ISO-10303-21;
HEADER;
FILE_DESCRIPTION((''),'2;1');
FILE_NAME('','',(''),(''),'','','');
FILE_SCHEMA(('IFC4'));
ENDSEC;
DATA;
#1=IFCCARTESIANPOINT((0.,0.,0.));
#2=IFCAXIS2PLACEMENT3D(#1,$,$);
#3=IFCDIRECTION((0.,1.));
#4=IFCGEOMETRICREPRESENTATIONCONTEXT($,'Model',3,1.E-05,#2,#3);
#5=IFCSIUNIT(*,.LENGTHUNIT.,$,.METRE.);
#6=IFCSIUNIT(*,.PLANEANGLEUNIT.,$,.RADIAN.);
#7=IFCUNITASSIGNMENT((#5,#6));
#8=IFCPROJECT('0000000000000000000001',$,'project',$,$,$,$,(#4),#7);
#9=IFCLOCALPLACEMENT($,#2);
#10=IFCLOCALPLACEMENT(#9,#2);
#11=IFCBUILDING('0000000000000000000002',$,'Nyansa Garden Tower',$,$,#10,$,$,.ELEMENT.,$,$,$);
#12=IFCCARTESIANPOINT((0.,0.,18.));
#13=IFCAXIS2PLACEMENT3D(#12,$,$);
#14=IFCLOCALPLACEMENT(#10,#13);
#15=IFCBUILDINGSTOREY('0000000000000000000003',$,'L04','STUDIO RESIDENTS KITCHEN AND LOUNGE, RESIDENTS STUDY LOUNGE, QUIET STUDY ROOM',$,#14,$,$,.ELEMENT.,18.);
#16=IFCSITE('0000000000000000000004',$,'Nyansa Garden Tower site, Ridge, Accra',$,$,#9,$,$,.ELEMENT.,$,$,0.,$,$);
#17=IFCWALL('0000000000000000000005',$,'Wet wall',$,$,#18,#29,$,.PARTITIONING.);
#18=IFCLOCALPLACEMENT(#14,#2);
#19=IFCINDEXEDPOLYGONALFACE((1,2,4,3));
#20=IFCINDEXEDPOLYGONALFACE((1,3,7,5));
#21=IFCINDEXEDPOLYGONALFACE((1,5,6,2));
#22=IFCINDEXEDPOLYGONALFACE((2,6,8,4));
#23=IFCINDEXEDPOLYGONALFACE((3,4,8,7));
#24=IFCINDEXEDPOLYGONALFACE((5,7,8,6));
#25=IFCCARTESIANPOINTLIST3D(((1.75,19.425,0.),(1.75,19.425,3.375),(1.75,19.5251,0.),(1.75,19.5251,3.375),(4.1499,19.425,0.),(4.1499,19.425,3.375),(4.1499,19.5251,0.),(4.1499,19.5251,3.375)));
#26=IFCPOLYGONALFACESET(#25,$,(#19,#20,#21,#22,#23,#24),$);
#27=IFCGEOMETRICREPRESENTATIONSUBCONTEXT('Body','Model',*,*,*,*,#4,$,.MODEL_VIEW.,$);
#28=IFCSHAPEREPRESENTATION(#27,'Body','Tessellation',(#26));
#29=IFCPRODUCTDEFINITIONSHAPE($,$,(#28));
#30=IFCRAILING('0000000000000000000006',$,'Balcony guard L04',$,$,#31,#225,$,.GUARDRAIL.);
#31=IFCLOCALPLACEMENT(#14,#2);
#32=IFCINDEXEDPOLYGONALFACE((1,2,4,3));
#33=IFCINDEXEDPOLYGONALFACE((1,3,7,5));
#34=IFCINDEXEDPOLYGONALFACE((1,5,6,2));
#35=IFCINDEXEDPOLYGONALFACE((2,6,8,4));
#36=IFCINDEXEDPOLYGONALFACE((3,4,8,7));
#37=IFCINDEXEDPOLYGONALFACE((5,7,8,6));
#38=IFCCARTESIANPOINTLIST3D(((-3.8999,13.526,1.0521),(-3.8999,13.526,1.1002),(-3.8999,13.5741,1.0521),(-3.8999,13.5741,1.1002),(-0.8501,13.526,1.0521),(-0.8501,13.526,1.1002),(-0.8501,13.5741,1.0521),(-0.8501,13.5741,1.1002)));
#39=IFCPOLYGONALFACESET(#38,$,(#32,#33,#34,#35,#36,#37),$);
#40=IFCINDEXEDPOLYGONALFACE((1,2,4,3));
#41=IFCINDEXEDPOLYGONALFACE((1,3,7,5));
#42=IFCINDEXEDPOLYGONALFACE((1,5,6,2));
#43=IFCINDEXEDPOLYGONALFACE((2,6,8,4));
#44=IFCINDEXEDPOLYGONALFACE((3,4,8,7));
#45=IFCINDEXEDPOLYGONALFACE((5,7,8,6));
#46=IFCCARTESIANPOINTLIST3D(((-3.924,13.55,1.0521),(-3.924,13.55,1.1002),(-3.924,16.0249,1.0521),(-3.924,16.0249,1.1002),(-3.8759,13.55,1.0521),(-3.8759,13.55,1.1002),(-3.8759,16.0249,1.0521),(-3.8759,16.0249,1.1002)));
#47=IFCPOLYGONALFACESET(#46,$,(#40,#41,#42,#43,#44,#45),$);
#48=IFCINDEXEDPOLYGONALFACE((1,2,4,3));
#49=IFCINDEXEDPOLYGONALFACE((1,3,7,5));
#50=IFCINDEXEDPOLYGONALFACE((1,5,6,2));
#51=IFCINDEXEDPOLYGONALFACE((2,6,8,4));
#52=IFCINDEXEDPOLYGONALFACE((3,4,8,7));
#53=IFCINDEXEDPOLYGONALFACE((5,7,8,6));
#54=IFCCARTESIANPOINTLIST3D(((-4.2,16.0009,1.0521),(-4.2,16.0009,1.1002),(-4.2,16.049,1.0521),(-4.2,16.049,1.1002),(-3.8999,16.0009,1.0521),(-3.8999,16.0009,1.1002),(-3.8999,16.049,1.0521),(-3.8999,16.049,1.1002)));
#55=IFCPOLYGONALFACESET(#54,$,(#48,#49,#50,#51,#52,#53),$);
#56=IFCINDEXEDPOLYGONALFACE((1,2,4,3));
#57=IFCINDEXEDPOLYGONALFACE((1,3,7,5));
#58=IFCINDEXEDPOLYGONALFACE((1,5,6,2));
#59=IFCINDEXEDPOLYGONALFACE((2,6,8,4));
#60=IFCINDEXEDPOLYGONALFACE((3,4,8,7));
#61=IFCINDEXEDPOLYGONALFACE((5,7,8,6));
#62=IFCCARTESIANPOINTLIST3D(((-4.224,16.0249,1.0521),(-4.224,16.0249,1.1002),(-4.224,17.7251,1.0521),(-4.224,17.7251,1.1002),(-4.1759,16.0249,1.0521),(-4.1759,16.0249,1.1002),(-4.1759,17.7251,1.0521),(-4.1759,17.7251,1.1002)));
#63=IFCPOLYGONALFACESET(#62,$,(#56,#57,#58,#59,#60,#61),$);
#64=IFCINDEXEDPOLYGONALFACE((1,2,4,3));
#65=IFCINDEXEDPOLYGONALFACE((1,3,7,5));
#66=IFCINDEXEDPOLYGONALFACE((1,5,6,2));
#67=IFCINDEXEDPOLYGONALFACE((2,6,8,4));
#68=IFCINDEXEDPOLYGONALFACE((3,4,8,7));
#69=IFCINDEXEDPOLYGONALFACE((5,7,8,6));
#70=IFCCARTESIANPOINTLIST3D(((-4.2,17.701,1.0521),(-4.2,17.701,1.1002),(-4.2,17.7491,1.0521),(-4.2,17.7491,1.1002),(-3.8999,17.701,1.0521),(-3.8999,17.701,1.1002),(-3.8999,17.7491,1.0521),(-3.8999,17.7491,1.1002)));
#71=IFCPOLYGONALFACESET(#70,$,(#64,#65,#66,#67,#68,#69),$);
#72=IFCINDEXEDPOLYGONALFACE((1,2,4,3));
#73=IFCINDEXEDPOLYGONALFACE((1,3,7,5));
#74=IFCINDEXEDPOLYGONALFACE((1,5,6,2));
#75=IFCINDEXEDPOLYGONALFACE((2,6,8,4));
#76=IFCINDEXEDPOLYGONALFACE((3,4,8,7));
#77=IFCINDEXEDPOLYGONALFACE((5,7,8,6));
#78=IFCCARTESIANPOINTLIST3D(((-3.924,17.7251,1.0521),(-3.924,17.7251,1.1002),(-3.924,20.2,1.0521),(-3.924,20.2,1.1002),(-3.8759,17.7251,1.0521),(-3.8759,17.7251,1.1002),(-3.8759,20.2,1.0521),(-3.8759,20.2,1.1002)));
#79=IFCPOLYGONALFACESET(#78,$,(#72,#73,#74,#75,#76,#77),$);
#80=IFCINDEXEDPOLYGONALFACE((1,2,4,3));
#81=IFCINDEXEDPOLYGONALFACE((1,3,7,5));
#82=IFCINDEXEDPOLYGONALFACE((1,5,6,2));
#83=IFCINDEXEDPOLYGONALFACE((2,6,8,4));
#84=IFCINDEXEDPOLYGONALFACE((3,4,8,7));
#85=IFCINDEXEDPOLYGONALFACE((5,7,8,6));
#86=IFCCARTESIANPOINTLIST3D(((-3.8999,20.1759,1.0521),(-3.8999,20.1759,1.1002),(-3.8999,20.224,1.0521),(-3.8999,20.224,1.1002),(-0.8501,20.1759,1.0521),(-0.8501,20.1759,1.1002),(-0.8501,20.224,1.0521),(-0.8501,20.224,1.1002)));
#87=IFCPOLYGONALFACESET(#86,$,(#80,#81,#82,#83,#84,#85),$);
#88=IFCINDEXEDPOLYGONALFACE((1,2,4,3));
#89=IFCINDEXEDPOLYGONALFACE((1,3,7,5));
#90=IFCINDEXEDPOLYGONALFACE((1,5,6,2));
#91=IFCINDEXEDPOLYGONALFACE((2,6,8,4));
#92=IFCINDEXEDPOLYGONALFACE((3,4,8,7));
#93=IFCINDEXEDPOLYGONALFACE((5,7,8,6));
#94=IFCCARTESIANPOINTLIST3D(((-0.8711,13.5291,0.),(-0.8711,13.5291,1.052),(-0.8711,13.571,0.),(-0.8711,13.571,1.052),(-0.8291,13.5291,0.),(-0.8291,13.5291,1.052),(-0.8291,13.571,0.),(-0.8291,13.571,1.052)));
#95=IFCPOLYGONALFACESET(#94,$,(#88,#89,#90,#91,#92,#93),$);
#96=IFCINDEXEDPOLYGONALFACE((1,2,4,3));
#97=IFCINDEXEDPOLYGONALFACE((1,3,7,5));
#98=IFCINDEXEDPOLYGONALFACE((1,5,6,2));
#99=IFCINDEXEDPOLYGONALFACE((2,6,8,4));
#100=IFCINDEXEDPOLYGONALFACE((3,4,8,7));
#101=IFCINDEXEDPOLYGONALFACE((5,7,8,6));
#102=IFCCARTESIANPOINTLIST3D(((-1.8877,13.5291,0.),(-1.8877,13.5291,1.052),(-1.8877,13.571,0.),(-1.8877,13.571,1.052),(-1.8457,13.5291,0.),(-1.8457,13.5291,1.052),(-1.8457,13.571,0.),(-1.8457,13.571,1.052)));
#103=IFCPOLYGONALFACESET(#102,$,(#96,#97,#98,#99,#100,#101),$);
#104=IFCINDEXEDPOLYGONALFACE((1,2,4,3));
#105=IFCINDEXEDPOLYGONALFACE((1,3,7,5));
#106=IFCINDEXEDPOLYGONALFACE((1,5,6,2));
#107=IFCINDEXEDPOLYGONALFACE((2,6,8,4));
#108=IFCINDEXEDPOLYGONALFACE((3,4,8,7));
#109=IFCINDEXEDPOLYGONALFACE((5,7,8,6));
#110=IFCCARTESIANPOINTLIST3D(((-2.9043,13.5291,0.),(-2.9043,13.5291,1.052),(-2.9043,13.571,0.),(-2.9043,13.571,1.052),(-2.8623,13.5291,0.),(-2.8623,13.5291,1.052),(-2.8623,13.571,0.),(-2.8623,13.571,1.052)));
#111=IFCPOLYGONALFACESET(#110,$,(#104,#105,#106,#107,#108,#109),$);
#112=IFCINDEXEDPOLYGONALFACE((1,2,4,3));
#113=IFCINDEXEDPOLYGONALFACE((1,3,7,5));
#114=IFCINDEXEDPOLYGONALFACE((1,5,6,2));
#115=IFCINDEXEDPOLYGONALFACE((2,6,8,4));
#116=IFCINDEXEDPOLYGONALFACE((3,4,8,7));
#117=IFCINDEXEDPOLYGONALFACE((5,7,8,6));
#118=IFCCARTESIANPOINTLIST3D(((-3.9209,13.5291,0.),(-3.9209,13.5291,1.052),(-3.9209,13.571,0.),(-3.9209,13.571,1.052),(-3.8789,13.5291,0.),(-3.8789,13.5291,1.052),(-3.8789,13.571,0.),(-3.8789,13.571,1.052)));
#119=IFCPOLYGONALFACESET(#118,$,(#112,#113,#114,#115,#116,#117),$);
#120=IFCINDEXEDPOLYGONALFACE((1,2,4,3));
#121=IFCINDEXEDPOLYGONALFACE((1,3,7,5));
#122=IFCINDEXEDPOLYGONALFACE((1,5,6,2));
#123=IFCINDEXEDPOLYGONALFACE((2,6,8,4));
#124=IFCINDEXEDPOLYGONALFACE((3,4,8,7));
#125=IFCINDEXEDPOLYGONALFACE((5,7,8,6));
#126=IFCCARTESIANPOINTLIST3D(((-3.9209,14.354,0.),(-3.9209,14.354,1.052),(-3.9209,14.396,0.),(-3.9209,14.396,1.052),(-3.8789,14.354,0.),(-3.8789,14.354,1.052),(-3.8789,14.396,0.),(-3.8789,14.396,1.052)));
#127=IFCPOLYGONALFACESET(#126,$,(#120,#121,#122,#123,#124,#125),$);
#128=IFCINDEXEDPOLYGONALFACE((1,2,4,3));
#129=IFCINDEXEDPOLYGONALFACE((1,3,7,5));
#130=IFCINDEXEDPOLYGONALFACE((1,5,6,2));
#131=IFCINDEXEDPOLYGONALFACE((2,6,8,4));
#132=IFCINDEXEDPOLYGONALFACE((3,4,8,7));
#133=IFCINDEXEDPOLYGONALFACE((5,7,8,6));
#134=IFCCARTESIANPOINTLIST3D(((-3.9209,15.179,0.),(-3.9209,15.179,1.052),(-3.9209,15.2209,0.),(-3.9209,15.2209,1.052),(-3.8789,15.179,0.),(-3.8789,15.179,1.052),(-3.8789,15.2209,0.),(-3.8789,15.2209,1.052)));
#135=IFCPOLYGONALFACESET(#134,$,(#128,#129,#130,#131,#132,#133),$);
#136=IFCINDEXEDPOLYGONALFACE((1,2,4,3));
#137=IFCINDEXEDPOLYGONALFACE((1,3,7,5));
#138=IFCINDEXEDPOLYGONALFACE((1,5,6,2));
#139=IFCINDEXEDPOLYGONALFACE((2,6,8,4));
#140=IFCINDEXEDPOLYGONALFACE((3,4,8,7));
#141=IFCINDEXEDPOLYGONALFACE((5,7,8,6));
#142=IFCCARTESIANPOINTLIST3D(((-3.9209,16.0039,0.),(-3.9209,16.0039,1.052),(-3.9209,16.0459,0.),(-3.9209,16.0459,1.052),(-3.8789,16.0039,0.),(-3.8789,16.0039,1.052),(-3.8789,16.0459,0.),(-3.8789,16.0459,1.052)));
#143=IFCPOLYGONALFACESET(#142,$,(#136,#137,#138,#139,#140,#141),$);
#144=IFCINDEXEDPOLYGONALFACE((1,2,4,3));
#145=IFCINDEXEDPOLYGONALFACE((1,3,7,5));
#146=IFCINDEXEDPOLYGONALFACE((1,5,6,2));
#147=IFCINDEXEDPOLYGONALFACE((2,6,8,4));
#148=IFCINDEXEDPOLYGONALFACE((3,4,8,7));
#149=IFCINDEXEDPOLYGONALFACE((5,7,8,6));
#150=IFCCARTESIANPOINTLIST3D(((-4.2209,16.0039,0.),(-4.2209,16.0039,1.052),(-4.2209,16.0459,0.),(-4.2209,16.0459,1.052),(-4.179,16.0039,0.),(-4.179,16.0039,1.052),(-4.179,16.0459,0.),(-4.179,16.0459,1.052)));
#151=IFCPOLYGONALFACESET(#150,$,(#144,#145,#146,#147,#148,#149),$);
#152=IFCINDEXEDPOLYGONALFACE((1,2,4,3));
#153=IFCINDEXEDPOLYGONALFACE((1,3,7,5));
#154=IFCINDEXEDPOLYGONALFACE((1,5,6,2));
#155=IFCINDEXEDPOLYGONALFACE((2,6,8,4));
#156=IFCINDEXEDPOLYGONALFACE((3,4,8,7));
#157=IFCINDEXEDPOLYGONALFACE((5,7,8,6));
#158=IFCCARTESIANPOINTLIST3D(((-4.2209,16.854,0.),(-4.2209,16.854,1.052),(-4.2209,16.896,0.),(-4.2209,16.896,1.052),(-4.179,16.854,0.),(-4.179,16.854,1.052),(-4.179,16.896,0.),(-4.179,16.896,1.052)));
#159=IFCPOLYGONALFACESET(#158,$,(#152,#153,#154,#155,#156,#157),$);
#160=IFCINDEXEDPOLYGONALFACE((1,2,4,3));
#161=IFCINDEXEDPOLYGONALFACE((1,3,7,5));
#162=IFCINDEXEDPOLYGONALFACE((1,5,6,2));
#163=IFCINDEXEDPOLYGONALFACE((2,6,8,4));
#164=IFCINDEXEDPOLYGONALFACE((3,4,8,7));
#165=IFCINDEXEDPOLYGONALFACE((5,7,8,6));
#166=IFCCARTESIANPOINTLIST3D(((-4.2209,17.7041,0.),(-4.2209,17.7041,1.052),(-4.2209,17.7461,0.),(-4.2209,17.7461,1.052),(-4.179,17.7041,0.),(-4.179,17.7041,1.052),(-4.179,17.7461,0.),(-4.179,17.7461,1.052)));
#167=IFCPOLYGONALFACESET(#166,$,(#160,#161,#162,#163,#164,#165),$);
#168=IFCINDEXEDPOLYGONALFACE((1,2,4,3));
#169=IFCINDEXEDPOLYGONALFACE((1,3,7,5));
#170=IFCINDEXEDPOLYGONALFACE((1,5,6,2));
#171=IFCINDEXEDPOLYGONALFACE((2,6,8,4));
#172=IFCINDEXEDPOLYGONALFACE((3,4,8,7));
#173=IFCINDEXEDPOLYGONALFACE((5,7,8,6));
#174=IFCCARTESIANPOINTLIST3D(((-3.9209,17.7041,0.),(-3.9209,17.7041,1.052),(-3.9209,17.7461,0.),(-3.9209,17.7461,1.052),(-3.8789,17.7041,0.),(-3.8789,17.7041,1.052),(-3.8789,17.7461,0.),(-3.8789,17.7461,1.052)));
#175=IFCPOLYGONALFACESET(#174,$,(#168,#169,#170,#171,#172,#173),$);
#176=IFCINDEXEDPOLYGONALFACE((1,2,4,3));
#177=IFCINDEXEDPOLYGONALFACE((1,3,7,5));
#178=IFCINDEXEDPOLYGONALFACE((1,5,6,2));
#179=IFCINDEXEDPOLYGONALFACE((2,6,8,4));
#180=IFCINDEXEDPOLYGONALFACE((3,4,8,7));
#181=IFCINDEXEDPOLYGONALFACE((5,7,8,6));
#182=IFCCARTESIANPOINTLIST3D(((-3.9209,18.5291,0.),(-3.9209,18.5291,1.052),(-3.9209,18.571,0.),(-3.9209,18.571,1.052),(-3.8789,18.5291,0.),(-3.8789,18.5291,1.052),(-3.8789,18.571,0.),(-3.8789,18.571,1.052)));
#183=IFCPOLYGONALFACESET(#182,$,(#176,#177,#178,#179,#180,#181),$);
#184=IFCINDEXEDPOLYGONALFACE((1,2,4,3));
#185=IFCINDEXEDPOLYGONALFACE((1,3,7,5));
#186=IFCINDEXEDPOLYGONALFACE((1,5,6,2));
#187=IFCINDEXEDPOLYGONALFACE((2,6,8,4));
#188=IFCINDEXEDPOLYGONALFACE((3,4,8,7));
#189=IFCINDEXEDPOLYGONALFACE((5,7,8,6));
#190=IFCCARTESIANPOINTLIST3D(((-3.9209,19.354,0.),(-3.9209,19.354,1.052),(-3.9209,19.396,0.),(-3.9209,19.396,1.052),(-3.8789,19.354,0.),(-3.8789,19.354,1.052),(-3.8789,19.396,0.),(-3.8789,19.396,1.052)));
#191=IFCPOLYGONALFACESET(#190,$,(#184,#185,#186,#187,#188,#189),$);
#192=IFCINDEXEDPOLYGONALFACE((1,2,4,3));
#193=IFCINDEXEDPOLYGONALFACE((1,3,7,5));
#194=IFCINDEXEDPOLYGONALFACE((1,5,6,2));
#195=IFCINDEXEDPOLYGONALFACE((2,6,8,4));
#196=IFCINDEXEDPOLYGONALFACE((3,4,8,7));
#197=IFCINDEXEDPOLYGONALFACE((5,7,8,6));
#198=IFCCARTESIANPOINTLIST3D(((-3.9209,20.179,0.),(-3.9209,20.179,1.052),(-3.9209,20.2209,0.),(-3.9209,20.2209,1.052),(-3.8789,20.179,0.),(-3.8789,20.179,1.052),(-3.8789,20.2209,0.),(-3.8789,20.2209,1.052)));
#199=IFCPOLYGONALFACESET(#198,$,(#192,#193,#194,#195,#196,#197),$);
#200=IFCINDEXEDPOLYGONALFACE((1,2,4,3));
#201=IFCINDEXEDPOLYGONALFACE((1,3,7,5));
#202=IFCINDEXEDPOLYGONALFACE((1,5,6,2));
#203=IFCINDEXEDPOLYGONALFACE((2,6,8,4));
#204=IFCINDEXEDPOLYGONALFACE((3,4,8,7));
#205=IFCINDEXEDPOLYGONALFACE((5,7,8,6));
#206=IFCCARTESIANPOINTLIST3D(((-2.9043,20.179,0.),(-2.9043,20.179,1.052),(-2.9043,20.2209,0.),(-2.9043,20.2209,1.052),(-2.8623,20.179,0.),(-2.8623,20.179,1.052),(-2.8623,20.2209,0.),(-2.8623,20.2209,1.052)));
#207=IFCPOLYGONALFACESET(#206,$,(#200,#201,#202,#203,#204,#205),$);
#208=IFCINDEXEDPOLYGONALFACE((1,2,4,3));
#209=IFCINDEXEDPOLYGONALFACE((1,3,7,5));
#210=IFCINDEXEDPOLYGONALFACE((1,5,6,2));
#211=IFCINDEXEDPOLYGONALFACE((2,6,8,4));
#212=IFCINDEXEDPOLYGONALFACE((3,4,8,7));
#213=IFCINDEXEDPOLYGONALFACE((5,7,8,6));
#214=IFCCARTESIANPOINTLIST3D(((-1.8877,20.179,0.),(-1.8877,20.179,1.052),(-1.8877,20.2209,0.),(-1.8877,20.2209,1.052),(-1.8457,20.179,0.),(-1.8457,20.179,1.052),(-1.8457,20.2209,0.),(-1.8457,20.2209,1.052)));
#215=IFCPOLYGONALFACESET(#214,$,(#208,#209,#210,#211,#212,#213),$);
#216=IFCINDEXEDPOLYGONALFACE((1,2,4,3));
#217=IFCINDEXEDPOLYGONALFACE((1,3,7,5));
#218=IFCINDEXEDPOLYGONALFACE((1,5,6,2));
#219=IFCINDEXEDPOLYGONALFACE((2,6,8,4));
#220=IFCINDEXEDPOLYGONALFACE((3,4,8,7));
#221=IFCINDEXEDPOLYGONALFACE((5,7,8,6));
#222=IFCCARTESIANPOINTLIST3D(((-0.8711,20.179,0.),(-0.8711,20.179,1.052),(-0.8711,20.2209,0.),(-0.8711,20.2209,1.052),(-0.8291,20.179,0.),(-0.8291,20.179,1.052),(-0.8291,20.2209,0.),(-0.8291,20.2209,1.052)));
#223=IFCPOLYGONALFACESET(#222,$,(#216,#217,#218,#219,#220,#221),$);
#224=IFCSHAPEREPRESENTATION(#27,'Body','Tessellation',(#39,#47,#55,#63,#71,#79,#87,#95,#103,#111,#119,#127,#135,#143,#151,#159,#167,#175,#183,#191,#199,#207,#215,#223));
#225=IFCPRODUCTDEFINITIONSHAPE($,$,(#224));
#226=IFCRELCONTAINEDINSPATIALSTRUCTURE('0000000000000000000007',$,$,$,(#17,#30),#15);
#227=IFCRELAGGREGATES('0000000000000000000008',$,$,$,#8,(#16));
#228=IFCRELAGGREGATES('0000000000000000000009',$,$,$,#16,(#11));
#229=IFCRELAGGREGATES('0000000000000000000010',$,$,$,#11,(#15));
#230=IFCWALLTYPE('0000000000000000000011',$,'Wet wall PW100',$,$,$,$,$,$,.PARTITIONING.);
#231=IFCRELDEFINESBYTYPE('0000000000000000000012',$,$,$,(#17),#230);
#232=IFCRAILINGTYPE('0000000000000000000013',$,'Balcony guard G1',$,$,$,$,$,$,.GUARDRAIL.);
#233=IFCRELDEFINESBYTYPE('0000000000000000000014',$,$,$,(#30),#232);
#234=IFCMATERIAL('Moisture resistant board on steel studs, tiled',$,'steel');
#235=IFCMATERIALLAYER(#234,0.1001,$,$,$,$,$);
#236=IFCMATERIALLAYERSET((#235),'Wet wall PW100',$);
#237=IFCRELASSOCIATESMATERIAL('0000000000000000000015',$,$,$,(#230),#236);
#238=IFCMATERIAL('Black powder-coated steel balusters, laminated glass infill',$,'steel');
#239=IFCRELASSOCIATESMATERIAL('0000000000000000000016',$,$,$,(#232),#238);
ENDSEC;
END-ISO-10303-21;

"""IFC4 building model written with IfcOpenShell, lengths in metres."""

from ifc_helpers import new_model, si_unit, direction, frame, frame_2d, origin, origin_2d, place, context, subcontext, project, spatial, rectangle, extrude, material, layer, layer_set, type_object, element, save


model = new_model("IFC4")

# Units and contexts
model_context = context("Model", 3, precision=1e-05, world=origin(), true_north=direction((0.0, 1.0)))
body_context = subcontext(model_context, "Body", "Model", "MODEL_VIEW")
ifc_project = project(units=[si_unit("LENGTHUNIT", "METRE"), si_unit("PLANEANGLEUNIT", "RADIAN")], contexts=[model_context])

# Site, building, storey
site_placement = place(None, origin())
site = spatial("IfcSite", under=ifc_project, at=site_placement, Name="Nyansa Garden Tower site, Ridge, Accra", CompositionType="ELEMENT", RefElevation=0.0)
building_placement = place(site_placement, origin())
building = spatial("IfcBuilding", under=site, at=building_placement, Name="Nyansa Garden Tower", CompositionType="ELEMENT")
storey_placement = place(building_placement, frame((0.0, 0.0, 18.0)))
storey = spatial("IfcBuildingStorey", under=building, at=storey_placement, Name="L04", Description="STUDIO RESIDENTS KITCHEN AND LOUNGE, RESIDENTS STUDY LOUNGE, QUIET STUDY ROOM", CompositionType="ELEMENT", Elevation=18.0)

# Wall
ifc_material_1 = material(Name="Moisture resistant board on steel studs, tiled", Category="steel")
ifc_layer_1 = layer(ifc_material_1, 0.1001)
ifc_layer_set_1 = layer_set([ifc_layer_1], Name="Wet wall PW100")
wall_type_1 = type_object("IfcWallType", Name="Wet wall PW100", PredefinedType="PARTITIONING", material=ifc_layer_set_1)
wall_1_placement = place(storey_placement, frame((1.75, 19.4751, 0.0), z_axis=(0.0, 0.0, 1.0), x_axis=(1.0, 0.0, 0.0)))
element("IfcWall", 1, at=wall_1_placement, inside=storey, type_object=wall_type_1, Name="Wet wall", PredefinedType="PARTITIONING", context=body_context, shape_type="SweptSolid", body=[
    extrude(rectangle(XDim=2.3999, YDim=0.1001, at=frame_2d((1.2, 0.0))), origin(), (0.0, 0.0, 1.0), 3.375),
])

# Railing
ifc_material_2 = material(Name="Black powder-coated steel balusters, laminated glass infill", Category="steel")
railing_type = type_object("IfcRailingType", Name="Balcony guard G1", PredefinedType="GUARDRAIL", material=ifc_material_2)
railing_placement = place(storey_placement, frame((-0.8501, 13.55, 0.0)))
element("IfcRailing", 2, at=railing_placement, inside=storey, type_object=railing_type, Name="Balcony guard L04", PredefinedType="GUARDRAIL", context=body_context, shape_type="SweptSolid", body=[
    extrude(rectangle(XDim=0.0481, YDim=0.0481, at=origin_2d()), frame((0.0, 0.0, 1.0762), z_axis=(-1.0, 0.0, 0.0), x_axis=(0.0, -1.0, 0.0)), (0.0, 0.0, 1.0), 3.0498),
    extrude(rectangle(XDim=0.0481, YDim=0.0481, at=origin_2d()), frame((-3.0498, 0.0, 1.0762), z_axis=(0.0, 1.0, 0.0), x_axis=(-1.0, 0.0, 0.0)), (0.0, 0.0, 1.0), 2.4749),
    extrude(rectangle(XDim=0.0481, YDim=0.0481, at=origin_2d()), frame((-3.0498, 2.4749, 1.0762), z_axis=(-1.0, 0.0, 0.0), x_axis=(0.0, -1.0, 0.0)), (0.0, 0.0, 1.0), 0.3),
    extrude(rectangle(XDim=0.0481, YDim=0.0481, at=origin_2d()), frame((-3.3499, 2.4749, 1.0762), z_axis=(0.0, 1.0, 0.0), x_axis=(-1.0, 0.0, 0.0)), (0.0, 0.0, 1.0), 1.7002),
    extrude(rectangle(XDim=0.0481, YDim=0.0481, at=origin_2d()), frame((-3.3499, 4.175, 1.0762), z_axis=(1.0, 0.0, 0.0), x_axis=(0.0, 1.0, 0.0)), (0.0, 0.0, 1.0), 0.3),
    extrude(rectangle(XDim=0.0481, YDim=0.0481, at=origin_2d()), frame((-3.0498, 4.175, 1.0762), z_axis=(0.0, 1.0, 0.0), x_axis=(-1.0, 0.0, 0.0)), (0.0, 0.0, 1.0), 2.4749),
    extrude(rectangle(XDim=0.0481, YDim=0.0481, at=origin_2d()), frame((-3.0498, 6.6499, 1.0762), z_axis=(1.0, 0.0, 0.0), x_axis=(0.0, 1.0, 0.0)), (0.0, 0.0, 1.0), 3.0498),
    extrude(rectangle(XDim=0.042, YDim=0.042, at=origin_2d()), origin(), (0.0, 0.0, 1.0), 1.052),
    extrude(rectangle(XDim=0.042, YDim=0.042, at=origin_2d()), frame((-1.0166, 0.0, 0.0)), (0.0, 0.0, 1.0), 1.052),
    extrude(rectangle(XDim=0.042, YDim=0.042, at=origin_2d()), frame((-2.0332, 0.0, 0.0)), (0.0, 0.0, 1.0), 1.052),
    extrude(rectangle(XDim=0.042, YDim=0.042, at=origin_2d()), frame((-3.0498, 0.0, 0.0)), (0.0, 0.0, 1.0), 1.052),
    extrude(rectangle(XDim=0.042, YDim=0.042, at=origin_2d()), frame((-3.0498, 0.825, 0.0)), (0.0, 0.0, 1.0), 1.052),
    extrude(rectangle(XDim=0.042, YDim=0.042, at=origin_2d()), frame((-3.0498, 1.6499, 0.0)), (0.0, 0.0, 1.0), 1.052),
    extrude(rectangle(XDim=0.042, YDim=0.042, at=origin_2d()), frame((-3.0498, 2.4749, 0.0)), (0.0, 0.0, 1.0), 1.052),
    extrude(rectangle(XDim=0.042, YDim=0.042, at=origin_2d()), frame((-3.3499, 2.4749, 0.0)), (0.0, 0.0, 1.0), 1.052),
    extrude(rectangle(XDim=0.042, YDim=0.042, at=origin_2d()), frame((-3.3499, 3.325, 0.0)), (0.0, 0.0, 1.0), 1.052),
    extrude(rectangle(XDim=0.042, YDim=0.042, at=origin_2d()), frame((-3.3499, 4.175, 0.0)), (0.0, 0.0, 1.0), 1.052),
    extrude(rectangle(XDim=0.042, YDim=0.042, at=origin_2d()), frame((-3.0498, 4.175, 0.0)), (0.0, 0.0, 1.0), 1.052),
    extrude(rectangle(XDim=0.042, YDim=0.042, at=origin_2d()), frame((-3.0498, 5.0, 0.0)), (0.0, 0.0, 1.0), 1.052),
    extrude(rectangle(XDim=0.042, YDim=0.042, at=origin_2d()), frame((-3.0498, 5.825, 0.0)), (0.0, 0.0, 1.0), 1.052),
    extrude(rectangle(XDim=0.042, YDim=0.042, at=origin_2d()), frame((-3.0498, 6.6499, 0.0)), (0.0, 0.0, 1.0), 1.052),
    extrude(rectangle(XDim=0.042, YDim=0.042, at=origin_2d()), frame((-2.0332, 6.6499, 0.0)), (0.0, 0.0, 1.0), 1.052),
    extrude(rectangle(XDim=0.042, YDim=0.042, at=origin_2d()), frame((-1.0166, 6.6499, 0.0)), (0.0, 0.0, 1.0), 1.052),
    extrude(rectangle(XDim=0.042, YDim=0.042, at=origin_2d()), frame((0.0, 6.6499, 0.0)), (0.0, 0.0, 1.0), 1.052),
])

save(model, "model.ifc")
